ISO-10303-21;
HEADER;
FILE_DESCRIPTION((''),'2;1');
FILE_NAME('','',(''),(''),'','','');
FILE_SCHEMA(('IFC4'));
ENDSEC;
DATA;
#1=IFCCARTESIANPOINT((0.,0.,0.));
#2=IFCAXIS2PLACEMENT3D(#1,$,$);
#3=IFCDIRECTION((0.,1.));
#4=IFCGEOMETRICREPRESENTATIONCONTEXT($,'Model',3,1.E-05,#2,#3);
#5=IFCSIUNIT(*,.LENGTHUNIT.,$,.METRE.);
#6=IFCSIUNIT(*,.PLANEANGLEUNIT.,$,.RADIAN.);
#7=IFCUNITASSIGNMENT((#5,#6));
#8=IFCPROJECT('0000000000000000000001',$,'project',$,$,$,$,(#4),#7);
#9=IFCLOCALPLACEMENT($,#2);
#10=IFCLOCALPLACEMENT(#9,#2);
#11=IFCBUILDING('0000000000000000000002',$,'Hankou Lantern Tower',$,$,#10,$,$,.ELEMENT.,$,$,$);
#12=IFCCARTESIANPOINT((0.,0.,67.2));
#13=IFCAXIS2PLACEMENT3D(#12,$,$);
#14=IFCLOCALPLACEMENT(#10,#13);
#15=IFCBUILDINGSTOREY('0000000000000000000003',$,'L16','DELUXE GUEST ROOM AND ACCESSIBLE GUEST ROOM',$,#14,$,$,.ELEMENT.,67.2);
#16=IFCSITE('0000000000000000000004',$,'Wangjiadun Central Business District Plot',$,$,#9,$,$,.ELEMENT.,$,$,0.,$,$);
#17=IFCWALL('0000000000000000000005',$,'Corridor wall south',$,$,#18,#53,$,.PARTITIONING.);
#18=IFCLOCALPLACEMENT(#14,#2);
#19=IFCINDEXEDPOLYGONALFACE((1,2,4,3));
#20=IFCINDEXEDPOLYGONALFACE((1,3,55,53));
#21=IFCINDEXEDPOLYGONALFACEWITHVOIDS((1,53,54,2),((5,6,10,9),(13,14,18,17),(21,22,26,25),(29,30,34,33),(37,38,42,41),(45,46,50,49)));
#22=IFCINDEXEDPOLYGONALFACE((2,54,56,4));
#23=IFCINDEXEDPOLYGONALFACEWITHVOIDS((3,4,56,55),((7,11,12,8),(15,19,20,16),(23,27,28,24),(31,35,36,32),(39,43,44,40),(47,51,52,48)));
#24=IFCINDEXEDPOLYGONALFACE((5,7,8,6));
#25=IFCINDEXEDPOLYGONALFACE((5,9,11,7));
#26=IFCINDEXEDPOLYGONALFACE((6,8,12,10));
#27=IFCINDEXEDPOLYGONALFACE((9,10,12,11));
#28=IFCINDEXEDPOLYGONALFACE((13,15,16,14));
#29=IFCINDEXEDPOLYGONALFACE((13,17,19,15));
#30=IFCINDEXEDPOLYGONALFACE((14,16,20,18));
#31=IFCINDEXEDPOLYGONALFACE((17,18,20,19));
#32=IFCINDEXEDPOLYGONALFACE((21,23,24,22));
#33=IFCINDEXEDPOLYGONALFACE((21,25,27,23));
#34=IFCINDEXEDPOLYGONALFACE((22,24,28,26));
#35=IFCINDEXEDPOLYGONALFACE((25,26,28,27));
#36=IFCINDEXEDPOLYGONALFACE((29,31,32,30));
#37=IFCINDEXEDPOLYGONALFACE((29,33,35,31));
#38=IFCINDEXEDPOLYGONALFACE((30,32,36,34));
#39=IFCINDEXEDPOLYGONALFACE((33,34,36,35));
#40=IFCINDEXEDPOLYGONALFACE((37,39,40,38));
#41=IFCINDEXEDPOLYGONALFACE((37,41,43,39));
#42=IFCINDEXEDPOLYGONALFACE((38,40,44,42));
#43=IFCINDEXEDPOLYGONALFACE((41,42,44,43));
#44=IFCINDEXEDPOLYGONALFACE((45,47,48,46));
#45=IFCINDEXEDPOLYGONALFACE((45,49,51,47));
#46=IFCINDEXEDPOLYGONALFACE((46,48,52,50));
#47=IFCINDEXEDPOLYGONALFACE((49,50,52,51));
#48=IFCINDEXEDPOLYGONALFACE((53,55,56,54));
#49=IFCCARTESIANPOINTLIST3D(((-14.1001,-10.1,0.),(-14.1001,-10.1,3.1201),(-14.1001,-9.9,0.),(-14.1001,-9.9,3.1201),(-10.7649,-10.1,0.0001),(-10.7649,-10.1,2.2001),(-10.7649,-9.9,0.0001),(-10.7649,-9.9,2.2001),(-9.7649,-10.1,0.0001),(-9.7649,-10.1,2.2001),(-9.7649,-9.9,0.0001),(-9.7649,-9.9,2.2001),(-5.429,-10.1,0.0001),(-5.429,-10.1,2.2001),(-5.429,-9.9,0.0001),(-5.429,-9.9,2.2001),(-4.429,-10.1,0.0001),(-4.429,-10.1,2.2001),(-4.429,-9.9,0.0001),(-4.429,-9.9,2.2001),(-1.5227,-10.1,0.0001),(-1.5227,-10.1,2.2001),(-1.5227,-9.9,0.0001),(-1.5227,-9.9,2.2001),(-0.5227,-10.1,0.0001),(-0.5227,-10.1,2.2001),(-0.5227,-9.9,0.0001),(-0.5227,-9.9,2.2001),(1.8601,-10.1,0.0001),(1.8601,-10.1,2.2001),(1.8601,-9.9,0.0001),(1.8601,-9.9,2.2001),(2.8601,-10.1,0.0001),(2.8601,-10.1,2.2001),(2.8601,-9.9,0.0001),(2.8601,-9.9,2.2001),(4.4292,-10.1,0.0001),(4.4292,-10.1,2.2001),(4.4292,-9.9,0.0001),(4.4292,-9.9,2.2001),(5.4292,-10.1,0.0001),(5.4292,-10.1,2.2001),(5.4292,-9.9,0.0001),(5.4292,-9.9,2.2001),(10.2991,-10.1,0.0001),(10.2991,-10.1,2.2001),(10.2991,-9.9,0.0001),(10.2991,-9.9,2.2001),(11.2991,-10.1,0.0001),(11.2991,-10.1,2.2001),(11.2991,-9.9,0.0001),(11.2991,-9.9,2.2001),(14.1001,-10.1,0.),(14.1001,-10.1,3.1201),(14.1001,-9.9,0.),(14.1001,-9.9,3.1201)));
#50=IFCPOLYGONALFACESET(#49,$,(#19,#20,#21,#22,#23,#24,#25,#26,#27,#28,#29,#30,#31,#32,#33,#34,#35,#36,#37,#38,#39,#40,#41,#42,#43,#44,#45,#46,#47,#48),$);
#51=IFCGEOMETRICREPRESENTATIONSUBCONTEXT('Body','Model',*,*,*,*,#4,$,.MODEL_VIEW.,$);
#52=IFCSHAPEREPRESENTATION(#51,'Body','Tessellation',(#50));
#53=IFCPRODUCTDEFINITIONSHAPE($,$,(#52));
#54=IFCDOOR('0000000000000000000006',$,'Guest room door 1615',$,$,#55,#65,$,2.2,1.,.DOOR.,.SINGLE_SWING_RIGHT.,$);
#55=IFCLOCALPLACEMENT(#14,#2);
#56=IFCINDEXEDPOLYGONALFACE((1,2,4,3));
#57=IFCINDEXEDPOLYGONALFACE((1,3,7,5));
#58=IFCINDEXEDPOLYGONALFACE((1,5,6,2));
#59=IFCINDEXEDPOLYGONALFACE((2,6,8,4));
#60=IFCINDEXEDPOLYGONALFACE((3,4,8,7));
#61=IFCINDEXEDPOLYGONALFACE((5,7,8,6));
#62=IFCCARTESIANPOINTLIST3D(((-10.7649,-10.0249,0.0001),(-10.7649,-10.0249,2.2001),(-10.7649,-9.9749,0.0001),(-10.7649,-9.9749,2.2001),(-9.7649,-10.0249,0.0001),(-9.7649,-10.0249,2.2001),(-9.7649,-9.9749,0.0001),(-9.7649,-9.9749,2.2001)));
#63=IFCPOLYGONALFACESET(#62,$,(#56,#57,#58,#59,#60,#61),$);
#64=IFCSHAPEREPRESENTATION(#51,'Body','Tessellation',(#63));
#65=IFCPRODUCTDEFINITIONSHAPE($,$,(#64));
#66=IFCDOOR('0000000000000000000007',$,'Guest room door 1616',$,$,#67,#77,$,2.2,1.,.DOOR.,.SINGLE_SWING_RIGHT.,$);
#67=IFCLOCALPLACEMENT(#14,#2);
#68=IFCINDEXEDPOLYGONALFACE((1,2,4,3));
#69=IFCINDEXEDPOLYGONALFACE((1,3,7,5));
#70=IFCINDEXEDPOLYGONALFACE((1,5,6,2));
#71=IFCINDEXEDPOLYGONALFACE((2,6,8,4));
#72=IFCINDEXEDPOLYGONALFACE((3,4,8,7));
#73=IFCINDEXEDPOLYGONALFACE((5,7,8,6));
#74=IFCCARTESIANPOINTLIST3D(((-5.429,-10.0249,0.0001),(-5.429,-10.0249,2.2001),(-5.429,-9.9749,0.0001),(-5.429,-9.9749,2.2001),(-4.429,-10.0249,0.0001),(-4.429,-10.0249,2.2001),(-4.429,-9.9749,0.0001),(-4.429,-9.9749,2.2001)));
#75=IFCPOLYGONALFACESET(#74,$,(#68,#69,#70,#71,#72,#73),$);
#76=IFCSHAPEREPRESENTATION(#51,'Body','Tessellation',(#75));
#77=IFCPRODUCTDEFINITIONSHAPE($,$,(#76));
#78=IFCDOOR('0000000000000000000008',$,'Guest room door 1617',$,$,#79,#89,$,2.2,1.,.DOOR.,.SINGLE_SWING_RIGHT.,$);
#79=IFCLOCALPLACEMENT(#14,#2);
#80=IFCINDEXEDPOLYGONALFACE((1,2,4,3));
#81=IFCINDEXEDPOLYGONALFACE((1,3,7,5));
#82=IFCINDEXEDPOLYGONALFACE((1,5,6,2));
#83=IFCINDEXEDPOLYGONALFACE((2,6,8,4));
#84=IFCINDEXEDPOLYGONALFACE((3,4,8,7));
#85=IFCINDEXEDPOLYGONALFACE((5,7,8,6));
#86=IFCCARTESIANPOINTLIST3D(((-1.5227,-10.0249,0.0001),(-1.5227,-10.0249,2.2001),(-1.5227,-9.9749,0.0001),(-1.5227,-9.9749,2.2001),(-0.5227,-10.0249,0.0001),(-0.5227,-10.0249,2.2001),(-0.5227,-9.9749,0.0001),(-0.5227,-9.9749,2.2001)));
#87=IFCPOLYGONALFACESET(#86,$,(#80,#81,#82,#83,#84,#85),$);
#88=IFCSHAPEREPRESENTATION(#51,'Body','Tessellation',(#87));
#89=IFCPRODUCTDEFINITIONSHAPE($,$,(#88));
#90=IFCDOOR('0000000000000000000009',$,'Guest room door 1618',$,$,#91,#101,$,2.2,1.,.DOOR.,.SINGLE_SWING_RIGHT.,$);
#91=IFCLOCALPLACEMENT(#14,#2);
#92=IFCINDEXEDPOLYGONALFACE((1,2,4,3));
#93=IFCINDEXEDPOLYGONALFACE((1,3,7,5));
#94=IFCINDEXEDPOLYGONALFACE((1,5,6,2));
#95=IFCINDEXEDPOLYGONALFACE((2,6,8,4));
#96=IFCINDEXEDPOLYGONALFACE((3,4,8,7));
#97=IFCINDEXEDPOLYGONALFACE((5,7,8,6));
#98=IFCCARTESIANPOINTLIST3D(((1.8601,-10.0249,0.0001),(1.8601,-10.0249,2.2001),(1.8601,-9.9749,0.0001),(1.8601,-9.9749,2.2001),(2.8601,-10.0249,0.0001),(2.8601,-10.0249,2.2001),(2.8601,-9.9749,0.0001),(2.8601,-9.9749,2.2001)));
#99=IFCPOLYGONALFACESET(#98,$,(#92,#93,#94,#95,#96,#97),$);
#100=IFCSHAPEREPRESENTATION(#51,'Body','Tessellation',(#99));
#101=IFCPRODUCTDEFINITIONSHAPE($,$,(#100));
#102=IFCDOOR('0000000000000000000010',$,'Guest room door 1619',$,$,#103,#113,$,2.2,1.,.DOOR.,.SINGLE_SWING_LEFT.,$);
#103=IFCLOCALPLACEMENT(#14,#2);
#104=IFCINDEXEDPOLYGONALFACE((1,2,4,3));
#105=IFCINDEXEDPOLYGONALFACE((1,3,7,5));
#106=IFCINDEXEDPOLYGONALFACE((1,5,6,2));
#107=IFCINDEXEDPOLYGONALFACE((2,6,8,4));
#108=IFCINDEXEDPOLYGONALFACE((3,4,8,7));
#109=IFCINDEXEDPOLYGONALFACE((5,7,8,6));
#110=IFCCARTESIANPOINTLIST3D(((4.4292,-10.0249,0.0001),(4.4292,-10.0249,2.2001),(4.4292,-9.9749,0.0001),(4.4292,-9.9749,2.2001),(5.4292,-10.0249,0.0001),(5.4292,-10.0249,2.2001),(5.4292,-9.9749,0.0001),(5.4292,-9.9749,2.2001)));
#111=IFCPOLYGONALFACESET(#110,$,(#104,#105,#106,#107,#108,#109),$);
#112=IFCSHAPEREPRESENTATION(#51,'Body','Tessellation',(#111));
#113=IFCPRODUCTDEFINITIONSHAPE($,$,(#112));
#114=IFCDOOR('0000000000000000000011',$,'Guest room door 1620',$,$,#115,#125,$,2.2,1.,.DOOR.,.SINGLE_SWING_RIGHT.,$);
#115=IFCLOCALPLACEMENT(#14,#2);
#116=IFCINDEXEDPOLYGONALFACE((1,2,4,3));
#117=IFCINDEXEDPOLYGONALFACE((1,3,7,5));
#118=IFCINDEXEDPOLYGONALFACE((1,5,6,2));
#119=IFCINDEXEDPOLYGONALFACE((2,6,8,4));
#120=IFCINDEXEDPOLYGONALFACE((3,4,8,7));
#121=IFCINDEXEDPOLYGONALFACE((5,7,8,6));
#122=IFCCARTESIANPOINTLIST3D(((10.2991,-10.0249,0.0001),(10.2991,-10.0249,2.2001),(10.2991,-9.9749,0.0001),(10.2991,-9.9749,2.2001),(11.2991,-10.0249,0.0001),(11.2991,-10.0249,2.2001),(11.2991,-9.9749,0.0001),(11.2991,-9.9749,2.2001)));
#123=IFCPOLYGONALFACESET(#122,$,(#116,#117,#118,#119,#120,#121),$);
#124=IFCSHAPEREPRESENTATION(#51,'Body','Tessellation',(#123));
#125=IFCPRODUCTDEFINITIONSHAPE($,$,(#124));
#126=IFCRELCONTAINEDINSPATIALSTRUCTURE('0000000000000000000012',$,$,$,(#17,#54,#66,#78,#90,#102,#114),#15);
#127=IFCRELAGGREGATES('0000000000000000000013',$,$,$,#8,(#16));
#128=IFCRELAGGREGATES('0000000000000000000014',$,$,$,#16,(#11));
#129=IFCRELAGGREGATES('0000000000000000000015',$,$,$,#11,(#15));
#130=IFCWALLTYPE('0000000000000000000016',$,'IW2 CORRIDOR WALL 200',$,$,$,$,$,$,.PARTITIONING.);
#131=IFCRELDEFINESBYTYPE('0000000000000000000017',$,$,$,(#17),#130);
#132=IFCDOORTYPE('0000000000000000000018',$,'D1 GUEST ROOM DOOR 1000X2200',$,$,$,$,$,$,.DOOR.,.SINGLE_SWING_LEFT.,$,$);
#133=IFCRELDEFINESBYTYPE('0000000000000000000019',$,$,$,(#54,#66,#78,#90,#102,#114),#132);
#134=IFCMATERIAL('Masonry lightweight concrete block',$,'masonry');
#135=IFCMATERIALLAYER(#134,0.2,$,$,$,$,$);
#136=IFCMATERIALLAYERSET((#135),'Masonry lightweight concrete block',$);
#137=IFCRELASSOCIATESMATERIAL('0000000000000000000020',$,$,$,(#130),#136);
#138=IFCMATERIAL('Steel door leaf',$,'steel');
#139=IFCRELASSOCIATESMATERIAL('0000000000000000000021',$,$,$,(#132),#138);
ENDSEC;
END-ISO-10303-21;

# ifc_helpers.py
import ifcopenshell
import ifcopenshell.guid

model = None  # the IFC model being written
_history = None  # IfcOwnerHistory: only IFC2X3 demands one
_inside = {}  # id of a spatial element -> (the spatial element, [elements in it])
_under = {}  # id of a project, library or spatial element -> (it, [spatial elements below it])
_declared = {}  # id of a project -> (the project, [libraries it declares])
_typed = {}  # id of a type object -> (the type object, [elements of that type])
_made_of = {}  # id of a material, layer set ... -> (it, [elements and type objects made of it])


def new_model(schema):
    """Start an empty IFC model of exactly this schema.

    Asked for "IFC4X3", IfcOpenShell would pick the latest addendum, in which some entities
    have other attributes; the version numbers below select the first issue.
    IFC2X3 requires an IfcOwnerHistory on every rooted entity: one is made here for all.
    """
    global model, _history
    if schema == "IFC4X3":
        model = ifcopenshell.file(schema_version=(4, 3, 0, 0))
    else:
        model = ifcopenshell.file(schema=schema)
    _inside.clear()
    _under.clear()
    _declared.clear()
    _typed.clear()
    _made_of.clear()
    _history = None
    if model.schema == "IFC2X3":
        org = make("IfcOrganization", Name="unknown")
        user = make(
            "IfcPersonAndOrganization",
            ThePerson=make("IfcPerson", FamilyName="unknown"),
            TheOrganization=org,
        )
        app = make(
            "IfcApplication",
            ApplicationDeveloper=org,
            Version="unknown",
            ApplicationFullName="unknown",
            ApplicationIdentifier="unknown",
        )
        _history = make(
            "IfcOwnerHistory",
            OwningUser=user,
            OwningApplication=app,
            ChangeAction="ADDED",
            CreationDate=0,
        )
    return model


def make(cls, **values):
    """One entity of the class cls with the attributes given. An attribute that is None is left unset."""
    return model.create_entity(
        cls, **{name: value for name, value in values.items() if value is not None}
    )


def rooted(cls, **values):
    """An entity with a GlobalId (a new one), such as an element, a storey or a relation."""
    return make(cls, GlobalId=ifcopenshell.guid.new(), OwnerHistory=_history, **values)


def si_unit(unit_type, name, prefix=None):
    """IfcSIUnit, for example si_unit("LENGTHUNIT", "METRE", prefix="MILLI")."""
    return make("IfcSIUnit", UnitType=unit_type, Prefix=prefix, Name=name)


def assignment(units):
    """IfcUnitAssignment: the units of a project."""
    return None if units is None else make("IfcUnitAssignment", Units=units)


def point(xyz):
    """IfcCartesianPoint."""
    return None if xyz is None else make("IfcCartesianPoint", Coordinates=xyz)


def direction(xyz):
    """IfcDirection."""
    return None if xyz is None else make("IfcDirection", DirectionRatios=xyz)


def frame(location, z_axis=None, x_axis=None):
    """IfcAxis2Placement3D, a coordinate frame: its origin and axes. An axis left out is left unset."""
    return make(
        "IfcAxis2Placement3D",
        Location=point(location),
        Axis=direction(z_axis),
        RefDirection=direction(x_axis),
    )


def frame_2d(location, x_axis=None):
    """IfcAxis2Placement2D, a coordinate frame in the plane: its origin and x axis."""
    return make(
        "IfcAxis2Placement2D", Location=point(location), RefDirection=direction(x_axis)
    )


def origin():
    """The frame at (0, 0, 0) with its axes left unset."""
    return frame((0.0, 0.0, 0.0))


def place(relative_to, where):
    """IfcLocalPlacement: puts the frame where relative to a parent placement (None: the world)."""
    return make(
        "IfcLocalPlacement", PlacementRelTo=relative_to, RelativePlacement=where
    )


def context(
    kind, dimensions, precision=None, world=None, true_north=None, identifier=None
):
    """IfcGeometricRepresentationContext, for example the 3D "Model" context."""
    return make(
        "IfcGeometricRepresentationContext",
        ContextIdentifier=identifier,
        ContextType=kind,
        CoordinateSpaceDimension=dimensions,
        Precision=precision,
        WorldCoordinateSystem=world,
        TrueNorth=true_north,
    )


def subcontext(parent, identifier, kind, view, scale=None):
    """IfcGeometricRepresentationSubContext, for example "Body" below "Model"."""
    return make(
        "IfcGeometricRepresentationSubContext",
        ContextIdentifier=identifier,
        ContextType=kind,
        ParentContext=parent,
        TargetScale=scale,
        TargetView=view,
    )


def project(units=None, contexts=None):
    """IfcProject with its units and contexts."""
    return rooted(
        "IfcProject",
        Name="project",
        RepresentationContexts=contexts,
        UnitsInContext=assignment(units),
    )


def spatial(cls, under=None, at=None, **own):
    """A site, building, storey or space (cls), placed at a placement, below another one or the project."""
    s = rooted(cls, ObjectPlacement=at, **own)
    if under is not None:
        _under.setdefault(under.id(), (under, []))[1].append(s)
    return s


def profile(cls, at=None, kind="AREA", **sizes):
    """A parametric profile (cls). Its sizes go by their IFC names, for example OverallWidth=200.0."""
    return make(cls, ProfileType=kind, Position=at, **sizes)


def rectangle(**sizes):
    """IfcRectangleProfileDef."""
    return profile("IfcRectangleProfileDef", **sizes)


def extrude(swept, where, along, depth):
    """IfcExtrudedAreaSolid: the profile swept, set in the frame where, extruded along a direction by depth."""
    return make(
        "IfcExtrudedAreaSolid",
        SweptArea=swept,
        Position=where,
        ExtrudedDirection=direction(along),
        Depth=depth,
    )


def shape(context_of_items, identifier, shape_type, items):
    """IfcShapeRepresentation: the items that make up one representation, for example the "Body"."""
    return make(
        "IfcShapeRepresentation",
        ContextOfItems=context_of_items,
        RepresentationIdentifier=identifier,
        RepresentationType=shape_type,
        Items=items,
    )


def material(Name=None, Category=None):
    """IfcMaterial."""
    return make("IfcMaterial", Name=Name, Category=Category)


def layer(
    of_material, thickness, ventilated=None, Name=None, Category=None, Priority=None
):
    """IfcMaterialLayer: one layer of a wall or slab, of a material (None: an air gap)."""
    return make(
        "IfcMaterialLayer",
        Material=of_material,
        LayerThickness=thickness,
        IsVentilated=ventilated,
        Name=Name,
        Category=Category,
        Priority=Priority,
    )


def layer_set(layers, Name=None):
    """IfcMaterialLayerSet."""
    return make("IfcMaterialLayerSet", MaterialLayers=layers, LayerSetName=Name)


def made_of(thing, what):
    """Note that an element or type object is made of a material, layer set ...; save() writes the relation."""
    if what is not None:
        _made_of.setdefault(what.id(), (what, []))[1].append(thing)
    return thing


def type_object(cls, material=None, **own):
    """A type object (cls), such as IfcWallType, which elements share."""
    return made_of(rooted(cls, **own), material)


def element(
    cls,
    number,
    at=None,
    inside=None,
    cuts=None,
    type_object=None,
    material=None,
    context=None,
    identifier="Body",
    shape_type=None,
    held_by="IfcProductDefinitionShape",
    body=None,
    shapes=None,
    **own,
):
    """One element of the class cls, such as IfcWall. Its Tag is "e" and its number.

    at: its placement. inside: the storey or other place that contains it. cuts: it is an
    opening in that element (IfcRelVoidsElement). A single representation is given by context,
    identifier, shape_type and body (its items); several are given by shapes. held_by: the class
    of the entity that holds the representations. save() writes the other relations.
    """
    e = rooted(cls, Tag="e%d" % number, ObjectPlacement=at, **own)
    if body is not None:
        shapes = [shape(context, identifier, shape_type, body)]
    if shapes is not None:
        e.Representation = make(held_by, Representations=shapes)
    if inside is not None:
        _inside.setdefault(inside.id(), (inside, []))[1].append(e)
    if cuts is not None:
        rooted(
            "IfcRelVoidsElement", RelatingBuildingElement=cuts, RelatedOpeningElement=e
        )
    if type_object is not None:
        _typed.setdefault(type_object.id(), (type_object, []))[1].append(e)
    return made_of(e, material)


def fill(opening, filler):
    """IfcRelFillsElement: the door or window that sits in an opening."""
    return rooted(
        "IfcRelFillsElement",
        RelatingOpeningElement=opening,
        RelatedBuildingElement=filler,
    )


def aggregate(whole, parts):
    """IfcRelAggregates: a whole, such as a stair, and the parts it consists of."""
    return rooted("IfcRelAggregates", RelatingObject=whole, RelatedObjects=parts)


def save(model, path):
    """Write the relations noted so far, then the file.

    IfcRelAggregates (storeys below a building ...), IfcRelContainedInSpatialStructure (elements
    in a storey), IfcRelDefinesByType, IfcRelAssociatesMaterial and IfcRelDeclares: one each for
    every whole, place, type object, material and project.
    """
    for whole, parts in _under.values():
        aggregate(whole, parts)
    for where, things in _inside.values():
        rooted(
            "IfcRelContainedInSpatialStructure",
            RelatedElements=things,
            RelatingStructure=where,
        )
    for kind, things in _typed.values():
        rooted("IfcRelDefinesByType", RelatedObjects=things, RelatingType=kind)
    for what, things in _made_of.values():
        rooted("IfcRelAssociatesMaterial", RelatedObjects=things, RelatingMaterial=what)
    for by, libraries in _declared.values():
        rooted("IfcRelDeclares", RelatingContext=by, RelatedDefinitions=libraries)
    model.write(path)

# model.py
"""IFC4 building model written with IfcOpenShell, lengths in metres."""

from ifc_helpers import new_model, si_unit, direction, frame, frame_2d, origin, place, context, subcontext, project, spatial, rectangle, extrude, material, layer, layer_set, type_object, element, fill, save


model = new_model("IFC4")

# Units and contexts
model_context = context("Model", 3, precision=1e-05, world=origin(), true_north=direction((0.0, 1.0)))
body_context = subcontext(model_context, "Body", "Model", "MODEL_VIEW")
ifc_project = project(units=[si_unit("LENGTHUNIT", "METRE"), si_unit("PLANEANGLEUNIT", "RADIAN")], contexts=[model_context])

# Site, building, storey
site_placement = place(None, origin())
site = spatial("IfcSite", under=ifc_project, at=site_placement, Name="Wangjiadun Central Business District Plot", CompositionType="ELEMENT", RefElevation=0.0)
building_placement = place(site_placement, origin())
building = spatial("IfcBuilding", under=site, at=building_placement, Name="Hankou Lantern Tower", CompositionType="ELEMENT")
storey_placement = place(building_placement, frame((0.0, 0.0, 67.2)))
storey = spatial("IfcBuildingStorey", under=building, at=storey_placement, Name="L16", Description="DELUXE GUEST ROOM AND ACCESSIBLE GUEST ROOM", CompositionType="ELEMENT", Elevation=67.2)

# Wall, openings, doors
ifc_material_1 = material(Name="Masonry lightweight concrete block", Category="masonry")
ifc_layer_1 = layer(ifc_material_1, 0.2)
ifc_layer_set_1 = layer_set([ifc_layer_1], Name="Masonry lightweight concrete block")
wall_type_1 = type_object("IfcWallType", Name="IW2 CORRIDOR WALL 200", PredefinedType="PARTITIONING", material=ifc_layer_set_1)
ifc_material_2 = material(Name="Steel door leaf", Category="steel")
door_type_1 = type_object("IfcDoorType", Name="D1 GUEST ROOM DOOR 1000X2200", OperationType="SINGLE_SWING_LEFT", PredefinedType="DOOR", material=ifc_material_2)
wall_1_placement = place(storey_placement, frame((14.1001, -10.0, 0.0), z_axis=(0.0, 0.0, 1.0), x_axis=(-1.0, 0.0, 0.0)))
wall_1 = element("IfcWall", 1, at=wall_1_placement, inside=storey, type_object=wall_type_1, Name="Corridor wall south", PredefinedType="PARTITIONING", context=body_context, shape_type="SweptSolid", body=[
    extrude(rectangle(XDim=28.2002, YDim=0.2, at=frame_2d((14.1001, 0.0))), origin(), (0.0, 0.0, 1.0), 3.1201),
])
opening_1_placement = place(wall_1_placement, frame((23.865, 0.0, 0.0)))
opening_1 = element("IfcOpeningElement", 2, at=opening_1_placement, cuts=wall_1, PredefinedType="OPENING", context=body_context, shape_type="SweptSolid", body=[
    extrude(rectangle(XDim=1.0, YDim=2.2, at=frame_2d((0.5, 1.1001))), frame((0.0, 0.1099, 0.0), z_axis=(0.0, -1.0, 0.0), x_axis=(1.0, 0.0, 0.0)), (0.0, 0.0, 1.0), 0.22),
])
opening_2_placement = place(wall_1_placement, frame((18.5291, 0.0, 0.0)))
opening_2 = element("IfcOpeningElement", 3, at=opening_2_placement, cuts=wall_1, PredefinedType="OPENING", context=body_context, shape_type="SweptSolid", body=[
    extrude(rectangle(XDim=1.0, YDim=2.2, at=frame_2d((0.5, 1.1001))), frame((0.0, 0.1099, 0.0), z_axis=(0.0, -1.0, 0.0), x_axis=(1.0, 0.0, 0.0)), (0.0, 0.0, 1.0), 0.22),
])
opening_3_placement = place(wall_1_placement, frame((14.6228, 0.0, 0.0)))
opening_3 = element("IfcOpeningElement", 4, at=opening_3_placement, cuts=wall_1, PredefinedType="OPENING", context=body_context, shape_type="SweptSolid", body=[
    extrude(rectangle(XDim=1.0, YDim=2.2, at=frame_2d((0.5, 1.1001))), frame((0.0, 0.1099, 0.0), z_axis=(0.0, -1.0, 0.0), x_axis=(1.0, 0.0, 0.0)), (0.0, 0.0, 1.0), 0.22),
])
opening_4_placement = place(wall_1_placement, frame((11.24, 0.0, 0.0)))
opening_4 = element("IfcOpeningElement", 5, at=opening_4_placement, cuts=wall_1, PredefinedType="OPENING", context=body_context, shape_type="SweptSolid", body=[
    extrude(rectangle(XDim=1.0, YDim=2.2, at=frame_2d((0.5, 1.1001))), frame((0.0, 0.1099, 0.0), z_axis=(0.0, -1.0, 0.0), x_axis=(1.0, 0.0, 0.0)), (0.0, 0.0, 1.0), 0.22),
])
opening_5_placement = place(wall_1_placement, frame((8.6709, 0.0, 0.0)))
opening_5 = element("IfcOpeningElement", 6, at=opening_5_placement, cuts=wall_1, PredefinedType="OPENING", context=body_context, shape_type="SweptSolid", body=[
    extrude(rectangle(XDim=1.0, YDim=2.2, at=frame_2d((0.5, 1.1001))), frame((0.0, 0.1099, 0.0), z_axis=(0.0, -1.0, 0.0), x_axis=(1.0, 0.0, 0.0)), (0.0, 0.0, 1.0), 0.22),
])
opening_6_placement = place(wall_1_placement, frame((2.801, 0.0, 0.0)))
opening_6 = element("IfcOpeningElement", 7, at=opening_6_placement, cuts=wall_1, PredefinedType="OPENING", context=body_context, shape_type="SweptSolid", body=[
    extrude(rectangle(XDim=1.0, YDim=2.2, at=frame_2d((0.5, 1.1001))), frame((0.0, 0.1099, 0.0), z_axis=(0.0, -1.0, 0.0), x_axis=(1.0, 0.0, 0.0)), (0.0, 0.0, 1.0), 0.22),
])
door_1_placement = place(opening_1_placement, origin())
door_1 = element("IfcDoor", 8, at=door_1_placement, inside=storey, type_object=door_type_1, Name="Guest room door 1615", OperationType="SINGLE_SWING_RIGHT", OverallHeight=2.2, OverallWidth=1.0, PredefinedType="DOOR", context=body_context, shape_type="SweptSolid", body=[
    extrude(rectangle(XDim=1.0, YDim=2.2, at=frame_2d((0.5, 1.1001))), frame((0.0, 0.0249, 0.0), z_axis=(0.0, -1.0, 0.0), x_axis=(1.0, 0.0, 0.0)), (0.0, 0.0, 1.0), 0.05),
])
fill(opening_1, door_1)
door_2_placement = place(opening_2_placement, origin())
door_2 = element("IfcDoor", 9, at=door_2_placement, inside=storey, type_object=door_type_1, Name="Guest room door 1616", OperationType="SINGLE_SWING_RIGHT", OverallHeight=2.2, OverallWidth=1.0, PredefinedType="DOOR", context=body_context, shape_type="SweptSolid", body=[
    extrude(rectangle(XDim=1.0, YDim=2.2, at=frame_2d((0.5, 1.1001))), frame((0.0, 0.0249, 0.0), z_axis=(0.0, -1.0, 0.0), x_axis=(1.0, 0.0, 0.0)), (0.0, 0.0, 1.0), 0.05),
])
fill(opening_2, door_2)
door_3_placement = place(opening_3_placement, origin())
door_3 = element("IfcDoor", 10, at=door_3_placement, inside=storey, type_object=door_type_1, Name="Guest room door 1617", OperationType="SINGLE_SWING_RIGHT", OverallHeight=2.2, OverallWidth=1.0, PredefinedType="DOOR", context=body_context, shape_type="SweptSolid", body=[
    extrude(rectangle(XDim=1.0, YDim=2.2, at=frame_2d((0.5, 1.1001))), frame((0.0, 0.0249, 0.0), z_axis=(0.0, -1.0, 0.0), x_axis=(1.0, 0.0, 0.0)), (0.0, 0.0, 1.0), 0.05),
])
fill(opening_3, door_3)
door_4_placement = place(opening_4_placement, origin())
door_4 = element("IfcDoor", 11, at=door_4_placement, inside=storey, type_object=door_type_1, Name="Guest room door 1618", OperationType="SINGLE_SWING_RIGHT", OverallHeight=2.2, OverallWidth=1.0, PredefinedType="DOOR", context=body_context, shape_type="SweptSolid", body=[
    extrude(rectangle(XDim=1.0, YDim=2.2, at=frame_2d((0.5, 1.1001))), frame((0.0, 0.0249, 0.0), z_axis=(0.0, -1.0, 0.0), x_axis=(1.0, 0.0, 0.0)), (0.0, 0.0, 1.0), 0.05),
])
fill(opening_4, door_4)
door_5_placement = place(opening_5_placement, origin())
door_5 = element("IfcDoor", 12, at=door_5_placement, inside=storey, type_object=door_type_1, Name="Guest room door 1619", OperationType="SINGLE_SWING_LEFT", OverallHeight=2.2, OverallWidth=1.0, PredefinedType="DOOR", context=body_context, shape_type="SweptSolid", body=[
    extrude(rectangle(XDim=1.0, YDim=2.2, at=frame_2d((0.5, 1.1001))), frame((0.0, 0.0249, 0.0), z_axis=(0.0, -1.0, 0.0), x_axis=(1.0, 0.0, 0.0)), (0.0, 0.0, 1.0), 0.05),
])
fill(opening_5, door_5)
door_6_placement = place(opening_6_placement, origin())
door_6 = element("IfcDoor", 13, at=door_6_placement, inside=storey, type_object=door_type_1, Name="Guest room door 1620", OperationType="SINGLE_SWING_RIGHT", OverallHeight=2.2, OverallWidth=1.0, PredefinedType="DOOR", context=body_context, shape_type="SweptSolid", body=[
    extrude(rectangle(XDim=1.0, YDim=2.2, at=frame_2d((0.5, 1.1001))), frame((0.0, 0.0249, 0.0), z_axis=(0.0, -1.0, 0.0), x_axis=(1.0, 0.0, 0.0)), (0.0, 0.0, 1.0), 0.05),
])
fill(opening_6, door_6)

save(model, "model.ifc")
